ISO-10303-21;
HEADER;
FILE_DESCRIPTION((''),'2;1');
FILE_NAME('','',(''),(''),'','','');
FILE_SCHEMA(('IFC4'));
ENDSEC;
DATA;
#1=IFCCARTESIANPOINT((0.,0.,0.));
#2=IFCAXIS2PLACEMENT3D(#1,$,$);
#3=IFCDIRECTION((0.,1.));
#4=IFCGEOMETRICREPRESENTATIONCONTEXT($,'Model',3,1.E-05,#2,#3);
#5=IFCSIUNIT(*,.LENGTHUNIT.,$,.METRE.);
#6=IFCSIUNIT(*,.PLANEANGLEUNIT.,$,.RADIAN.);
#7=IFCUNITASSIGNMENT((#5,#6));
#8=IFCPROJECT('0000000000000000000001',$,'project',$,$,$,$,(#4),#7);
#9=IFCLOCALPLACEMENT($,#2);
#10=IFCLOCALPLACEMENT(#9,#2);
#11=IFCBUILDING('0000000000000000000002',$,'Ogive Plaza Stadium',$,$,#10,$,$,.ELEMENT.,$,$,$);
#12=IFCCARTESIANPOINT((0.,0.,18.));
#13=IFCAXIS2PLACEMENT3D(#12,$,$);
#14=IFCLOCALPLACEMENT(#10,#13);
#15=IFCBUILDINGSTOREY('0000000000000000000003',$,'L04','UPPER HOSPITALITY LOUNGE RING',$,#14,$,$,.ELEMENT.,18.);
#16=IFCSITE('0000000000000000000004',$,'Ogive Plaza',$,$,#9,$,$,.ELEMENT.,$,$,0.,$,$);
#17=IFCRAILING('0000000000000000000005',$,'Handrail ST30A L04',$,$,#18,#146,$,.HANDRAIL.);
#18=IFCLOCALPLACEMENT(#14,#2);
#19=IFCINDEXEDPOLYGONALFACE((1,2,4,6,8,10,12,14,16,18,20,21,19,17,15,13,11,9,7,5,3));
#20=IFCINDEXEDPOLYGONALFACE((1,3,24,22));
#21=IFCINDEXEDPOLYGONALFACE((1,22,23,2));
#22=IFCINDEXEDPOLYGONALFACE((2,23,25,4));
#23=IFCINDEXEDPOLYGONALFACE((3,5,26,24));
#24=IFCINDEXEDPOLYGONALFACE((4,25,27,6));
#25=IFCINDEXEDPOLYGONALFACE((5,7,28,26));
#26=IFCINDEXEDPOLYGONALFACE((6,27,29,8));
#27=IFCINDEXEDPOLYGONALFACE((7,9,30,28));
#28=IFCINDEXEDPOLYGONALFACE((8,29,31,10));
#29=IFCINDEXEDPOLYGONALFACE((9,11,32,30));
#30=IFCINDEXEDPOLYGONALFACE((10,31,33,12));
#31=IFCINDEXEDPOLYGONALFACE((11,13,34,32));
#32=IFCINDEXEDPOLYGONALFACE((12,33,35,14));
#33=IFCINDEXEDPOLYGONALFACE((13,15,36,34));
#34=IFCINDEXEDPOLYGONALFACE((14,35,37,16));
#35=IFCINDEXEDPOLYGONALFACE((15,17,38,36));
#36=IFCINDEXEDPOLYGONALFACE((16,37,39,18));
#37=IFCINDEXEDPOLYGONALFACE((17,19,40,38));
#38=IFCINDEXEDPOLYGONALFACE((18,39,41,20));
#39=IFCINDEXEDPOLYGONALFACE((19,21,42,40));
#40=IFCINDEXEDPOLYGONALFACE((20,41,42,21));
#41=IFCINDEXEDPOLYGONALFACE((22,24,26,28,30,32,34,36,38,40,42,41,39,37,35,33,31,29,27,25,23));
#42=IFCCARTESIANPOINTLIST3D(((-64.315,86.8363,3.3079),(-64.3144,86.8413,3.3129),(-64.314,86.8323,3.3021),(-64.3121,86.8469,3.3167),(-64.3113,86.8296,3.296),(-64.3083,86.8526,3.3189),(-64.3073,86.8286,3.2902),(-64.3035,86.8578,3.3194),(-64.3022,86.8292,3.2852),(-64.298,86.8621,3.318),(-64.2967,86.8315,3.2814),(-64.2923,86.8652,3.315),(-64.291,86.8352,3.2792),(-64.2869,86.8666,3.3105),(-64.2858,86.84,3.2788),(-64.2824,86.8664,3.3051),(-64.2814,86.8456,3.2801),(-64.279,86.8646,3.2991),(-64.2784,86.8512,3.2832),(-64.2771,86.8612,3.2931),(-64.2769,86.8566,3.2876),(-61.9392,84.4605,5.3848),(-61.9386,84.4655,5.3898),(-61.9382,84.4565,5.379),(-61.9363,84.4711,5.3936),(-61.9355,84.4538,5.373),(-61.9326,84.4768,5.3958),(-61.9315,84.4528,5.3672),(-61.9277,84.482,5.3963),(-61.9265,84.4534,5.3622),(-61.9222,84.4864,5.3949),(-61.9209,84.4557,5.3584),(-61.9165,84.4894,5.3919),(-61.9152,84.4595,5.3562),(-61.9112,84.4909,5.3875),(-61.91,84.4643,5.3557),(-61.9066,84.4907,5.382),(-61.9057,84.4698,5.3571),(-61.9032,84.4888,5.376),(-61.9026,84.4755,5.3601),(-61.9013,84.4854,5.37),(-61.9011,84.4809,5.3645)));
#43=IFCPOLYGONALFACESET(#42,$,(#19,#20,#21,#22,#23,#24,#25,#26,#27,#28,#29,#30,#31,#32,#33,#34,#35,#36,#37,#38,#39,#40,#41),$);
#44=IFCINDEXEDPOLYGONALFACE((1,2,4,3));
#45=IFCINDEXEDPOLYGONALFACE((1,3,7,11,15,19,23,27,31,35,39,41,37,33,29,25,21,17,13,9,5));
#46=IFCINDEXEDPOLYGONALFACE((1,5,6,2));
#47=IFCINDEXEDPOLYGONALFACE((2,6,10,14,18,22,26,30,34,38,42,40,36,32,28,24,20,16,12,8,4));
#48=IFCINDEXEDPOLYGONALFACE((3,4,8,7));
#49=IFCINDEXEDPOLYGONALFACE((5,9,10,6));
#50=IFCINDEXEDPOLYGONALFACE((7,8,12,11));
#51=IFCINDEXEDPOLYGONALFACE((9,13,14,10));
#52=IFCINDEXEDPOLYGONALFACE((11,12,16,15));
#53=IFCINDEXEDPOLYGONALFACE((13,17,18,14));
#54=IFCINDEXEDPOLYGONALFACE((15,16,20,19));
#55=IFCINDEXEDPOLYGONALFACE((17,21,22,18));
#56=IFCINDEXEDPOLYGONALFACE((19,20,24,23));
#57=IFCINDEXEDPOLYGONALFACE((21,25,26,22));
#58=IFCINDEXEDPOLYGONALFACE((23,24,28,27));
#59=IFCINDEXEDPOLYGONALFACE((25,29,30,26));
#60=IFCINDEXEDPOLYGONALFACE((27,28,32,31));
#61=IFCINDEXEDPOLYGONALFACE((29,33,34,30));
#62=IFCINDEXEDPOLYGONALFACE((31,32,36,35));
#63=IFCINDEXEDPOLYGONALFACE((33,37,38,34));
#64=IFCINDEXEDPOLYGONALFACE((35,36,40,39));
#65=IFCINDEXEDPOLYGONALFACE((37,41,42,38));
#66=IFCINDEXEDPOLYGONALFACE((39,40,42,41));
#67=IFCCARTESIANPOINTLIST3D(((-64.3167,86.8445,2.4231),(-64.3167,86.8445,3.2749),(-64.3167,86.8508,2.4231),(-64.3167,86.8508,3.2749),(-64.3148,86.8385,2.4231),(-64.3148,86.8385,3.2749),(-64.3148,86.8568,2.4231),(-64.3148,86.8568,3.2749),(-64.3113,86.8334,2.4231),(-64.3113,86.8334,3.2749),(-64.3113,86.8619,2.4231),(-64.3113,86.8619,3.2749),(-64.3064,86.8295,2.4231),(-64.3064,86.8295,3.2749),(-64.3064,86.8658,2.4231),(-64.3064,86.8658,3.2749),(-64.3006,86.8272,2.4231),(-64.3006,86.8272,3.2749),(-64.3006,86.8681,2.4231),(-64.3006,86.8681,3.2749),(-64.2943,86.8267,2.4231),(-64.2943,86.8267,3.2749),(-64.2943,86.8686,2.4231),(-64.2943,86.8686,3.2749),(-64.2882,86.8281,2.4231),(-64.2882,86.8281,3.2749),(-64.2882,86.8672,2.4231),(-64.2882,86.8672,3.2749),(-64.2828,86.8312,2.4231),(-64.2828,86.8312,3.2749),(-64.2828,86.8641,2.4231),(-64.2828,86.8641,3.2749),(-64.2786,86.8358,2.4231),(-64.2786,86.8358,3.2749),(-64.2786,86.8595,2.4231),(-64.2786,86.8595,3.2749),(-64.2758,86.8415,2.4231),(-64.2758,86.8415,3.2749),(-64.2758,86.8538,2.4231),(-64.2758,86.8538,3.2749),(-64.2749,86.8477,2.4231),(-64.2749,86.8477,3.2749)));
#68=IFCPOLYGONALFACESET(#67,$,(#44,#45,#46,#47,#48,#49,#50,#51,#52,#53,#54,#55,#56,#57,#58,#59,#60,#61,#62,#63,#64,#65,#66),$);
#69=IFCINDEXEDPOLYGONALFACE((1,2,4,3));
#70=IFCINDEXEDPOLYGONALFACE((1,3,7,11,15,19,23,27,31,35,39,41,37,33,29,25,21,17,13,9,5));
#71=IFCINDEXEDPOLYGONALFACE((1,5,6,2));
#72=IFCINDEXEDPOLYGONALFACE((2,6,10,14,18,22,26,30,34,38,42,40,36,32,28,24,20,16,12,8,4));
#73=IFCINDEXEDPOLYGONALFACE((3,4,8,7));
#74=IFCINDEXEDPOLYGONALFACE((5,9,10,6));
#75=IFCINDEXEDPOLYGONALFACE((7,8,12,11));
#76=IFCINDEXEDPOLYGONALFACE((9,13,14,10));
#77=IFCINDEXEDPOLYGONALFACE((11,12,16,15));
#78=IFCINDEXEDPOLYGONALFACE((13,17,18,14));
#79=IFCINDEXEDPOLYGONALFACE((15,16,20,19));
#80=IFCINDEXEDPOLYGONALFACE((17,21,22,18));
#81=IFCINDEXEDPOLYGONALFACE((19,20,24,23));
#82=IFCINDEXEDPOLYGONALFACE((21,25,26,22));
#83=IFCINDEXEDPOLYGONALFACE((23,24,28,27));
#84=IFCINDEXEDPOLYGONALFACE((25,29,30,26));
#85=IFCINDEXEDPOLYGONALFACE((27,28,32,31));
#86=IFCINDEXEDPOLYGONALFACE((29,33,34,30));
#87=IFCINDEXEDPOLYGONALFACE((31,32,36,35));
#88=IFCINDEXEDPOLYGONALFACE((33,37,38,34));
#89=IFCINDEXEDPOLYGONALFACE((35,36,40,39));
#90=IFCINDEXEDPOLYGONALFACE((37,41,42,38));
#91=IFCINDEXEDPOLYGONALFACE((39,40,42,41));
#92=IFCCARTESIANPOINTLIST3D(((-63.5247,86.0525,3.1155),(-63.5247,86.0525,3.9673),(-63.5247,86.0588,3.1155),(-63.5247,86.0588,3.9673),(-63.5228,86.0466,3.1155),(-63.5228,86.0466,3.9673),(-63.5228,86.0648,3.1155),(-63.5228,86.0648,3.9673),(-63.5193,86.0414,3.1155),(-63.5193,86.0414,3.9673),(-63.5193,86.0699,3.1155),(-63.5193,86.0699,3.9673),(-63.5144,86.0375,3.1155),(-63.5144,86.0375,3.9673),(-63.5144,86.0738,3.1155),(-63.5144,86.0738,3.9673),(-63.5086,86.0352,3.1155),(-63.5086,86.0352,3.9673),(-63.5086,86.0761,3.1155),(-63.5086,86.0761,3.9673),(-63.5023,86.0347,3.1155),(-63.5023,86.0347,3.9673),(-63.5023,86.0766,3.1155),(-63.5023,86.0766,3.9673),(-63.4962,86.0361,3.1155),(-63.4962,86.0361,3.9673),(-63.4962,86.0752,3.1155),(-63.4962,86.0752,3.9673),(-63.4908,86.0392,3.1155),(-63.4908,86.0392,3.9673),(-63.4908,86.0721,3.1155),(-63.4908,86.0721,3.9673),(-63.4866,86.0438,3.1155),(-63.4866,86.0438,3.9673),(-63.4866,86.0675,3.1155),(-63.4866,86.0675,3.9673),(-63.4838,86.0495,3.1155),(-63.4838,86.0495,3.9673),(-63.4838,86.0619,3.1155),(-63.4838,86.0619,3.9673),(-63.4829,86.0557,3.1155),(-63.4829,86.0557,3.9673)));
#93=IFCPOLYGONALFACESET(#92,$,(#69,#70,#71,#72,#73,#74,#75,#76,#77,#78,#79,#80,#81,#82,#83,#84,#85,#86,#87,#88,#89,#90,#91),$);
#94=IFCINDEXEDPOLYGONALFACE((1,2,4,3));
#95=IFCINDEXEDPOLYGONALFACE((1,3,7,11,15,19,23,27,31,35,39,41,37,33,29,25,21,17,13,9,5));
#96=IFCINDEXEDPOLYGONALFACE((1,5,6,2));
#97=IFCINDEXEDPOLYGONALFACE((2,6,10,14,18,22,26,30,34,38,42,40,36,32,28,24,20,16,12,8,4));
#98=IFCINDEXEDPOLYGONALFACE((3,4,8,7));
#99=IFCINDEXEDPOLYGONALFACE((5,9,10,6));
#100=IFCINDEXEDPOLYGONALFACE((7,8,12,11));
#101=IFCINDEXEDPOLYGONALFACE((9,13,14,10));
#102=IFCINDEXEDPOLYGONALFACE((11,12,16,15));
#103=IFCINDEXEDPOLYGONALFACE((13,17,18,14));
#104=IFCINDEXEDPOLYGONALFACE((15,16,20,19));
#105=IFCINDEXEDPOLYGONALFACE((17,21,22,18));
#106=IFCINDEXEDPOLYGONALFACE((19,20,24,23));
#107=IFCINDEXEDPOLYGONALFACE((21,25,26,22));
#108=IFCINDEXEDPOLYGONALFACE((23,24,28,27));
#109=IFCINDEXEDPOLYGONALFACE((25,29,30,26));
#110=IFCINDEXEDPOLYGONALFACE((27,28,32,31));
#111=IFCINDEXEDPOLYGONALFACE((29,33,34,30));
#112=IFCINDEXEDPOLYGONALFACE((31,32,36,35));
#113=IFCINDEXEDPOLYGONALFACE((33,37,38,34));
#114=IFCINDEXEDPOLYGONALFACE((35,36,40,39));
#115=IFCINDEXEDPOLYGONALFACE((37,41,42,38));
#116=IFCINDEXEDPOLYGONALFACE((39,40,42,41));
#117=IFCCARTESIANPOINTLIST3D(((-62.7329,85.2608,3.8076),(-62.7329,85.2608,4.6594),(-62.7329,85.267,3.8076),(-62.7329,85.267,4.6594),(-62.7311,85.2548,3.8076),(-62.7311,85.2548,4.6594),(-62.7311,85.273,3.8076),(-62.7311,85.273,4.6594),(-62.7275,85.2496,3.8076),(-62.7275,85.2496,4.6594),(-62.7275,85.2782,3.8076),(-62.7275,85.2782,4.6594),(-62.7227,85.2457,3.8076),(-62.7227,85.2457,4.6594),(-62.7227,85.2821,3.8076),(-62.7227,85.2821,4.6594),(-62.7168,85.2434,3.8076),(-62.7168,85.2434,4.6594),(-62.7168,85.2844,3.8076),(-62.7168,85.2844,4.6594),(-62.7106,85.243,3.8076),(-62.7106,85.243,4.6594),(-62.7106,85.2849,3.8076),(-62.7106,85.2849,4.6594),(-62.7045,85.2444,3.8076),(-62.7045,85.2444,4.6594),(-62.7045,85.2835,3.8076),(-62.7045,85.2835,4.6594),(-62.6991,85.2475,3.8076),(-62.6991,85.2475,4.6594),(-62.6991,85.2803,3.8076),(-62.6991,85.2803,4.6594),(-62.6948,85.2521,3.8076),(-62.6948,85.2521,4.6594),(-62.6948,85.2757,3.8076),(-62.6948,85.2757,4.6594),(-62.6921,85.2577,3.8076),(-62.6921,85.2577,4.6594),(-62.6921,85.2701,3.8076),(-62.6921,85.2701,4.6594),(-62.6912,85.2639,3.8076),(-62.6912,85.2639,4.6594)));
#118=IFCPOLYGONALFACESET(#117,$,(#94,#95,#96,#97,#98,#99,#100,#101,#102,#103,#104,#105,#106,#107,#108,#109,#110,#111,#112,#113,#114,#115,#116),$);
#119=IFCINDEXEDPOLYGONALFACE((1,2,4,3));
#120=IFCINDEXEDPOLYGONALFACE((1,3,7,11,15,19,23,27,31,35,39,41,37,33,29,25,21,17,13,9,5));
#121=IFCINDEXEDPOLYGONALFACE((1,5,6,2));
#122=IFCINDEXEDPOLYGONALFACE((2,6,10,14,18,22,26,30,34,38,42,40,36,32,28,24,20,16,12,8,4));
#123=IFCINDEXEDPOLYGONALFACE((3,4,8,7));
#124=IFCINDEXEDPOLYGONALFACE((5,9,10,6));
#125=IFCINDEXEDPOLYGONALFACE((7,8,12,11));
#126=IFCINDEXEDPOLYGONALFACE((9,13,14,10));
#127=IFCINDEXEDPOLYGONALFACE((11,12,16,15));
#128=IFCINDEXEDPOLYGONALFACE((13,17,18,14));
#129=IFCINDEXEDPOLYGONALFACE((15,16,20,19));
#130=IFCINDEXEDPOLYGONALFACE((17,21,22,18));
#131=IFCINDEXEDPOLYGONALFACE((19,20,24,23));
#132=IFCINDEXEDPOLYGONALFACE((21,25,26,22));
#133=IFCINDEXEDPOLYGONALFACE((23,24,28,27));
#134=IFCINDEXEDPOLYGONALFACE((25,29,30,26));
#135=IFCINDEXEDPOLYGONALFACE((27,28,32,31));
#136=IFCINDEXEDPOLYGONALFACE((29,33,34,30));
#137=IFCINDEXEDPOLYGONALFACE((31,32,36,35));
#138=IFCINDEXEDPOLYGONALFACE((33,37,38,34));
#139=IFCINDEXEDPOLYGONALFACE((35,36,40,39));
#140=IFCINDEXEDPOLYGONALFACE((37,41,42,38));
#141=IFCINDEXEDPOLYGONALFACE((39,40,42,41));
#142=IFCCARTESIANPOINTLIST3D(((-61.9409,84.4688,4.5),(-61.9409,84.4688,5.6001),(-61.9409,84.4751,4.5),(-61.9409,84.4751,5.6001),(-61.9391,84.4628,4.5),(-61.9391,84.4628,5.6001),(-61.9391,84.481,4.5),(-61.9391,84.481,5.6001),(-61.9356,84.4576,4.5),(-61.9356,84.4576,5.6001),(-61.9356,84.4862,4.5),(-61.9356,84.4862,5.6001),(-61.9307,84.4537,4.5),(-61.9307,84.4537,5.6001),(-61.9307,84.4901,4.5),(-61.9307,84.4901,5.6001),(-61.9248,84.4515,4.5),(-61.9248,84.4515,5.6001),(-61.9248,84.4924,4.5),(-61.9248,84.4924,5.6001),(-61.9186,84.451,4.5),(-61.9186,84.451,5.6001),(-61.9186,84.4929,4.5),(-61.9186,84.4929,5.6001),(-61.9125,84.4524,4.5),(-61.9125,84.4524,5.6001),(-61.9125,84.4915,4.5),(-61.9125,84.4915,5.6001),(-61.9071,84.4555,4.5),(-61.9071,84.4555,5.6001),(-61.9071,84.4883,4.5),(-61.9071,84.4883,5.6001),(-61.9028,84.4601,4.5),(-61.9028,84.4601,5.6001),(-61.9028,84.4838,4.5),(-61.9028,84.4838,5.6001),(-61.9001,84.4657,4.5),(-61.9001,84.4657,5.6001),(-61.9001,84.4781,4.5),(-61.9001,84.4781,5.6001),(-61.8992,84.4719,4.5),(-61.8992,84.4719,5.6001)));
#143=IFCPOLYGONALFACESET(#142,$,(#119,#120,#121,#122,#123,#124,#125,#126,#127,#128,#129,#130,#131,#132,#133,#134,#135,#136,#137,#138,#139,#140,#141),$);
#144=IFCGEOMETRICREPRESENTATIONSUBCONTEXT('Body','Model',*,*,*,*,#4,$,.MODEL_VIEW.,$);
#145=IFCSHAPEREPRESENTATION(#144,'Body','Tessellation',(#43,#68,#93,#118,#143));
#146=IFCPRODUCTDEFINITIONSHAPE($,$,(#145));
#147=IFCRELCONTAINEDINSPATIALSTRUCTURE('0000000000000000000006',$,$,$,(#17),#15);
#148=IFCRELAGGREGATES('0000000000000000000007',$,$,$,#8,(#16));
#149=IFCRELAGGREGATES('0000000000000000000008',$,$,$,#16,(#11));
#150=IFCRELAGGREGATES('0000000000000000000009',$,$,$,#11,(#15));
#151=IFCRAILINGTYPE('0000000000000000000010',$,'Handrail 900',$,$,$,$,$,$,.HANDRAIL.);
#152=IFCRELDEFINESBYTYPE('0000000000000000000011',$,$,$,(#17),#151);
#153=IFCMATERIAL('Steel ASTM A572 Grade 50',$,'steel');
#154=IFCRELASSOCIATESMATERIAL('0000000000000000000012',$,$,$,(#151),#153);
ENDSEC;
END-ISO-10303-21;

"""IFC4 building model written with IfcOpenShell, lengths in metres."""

from ifc_helpers import new_model, si_unit, direction, frame, origin, origin_2d, place, context, subcontext, project, spatial, circle, extrude, material, type_object, element, save


model = new_model("IFC4")

# Units and contexts
model_context = context("Model", 3, precision=1e-05, world=origin(), true_north=direction((0.0, 1.0)))
body_context = subcontext(model_context, "Body", "Model", "MODEL_VIEW")
ifc_project = project(units=[si_unit("LENGTHUNIT", "METRE"), si_unit("PLANEANGLEUNIT", "RADIAN")], contexts=[model_context])

# Site, building, storey
site_placement = place(None, origin())
site = spatial("IfcSite", under=ifc_project, at=site_placement, Name="Ogive Plaza", CompositionType="ELEMENT", RefElevation=0.0)
building_placement = place(site_placement, origin())
building = spatial("IfcBuilding", under=site, at=building_placement, Name="Ogive Plaza Stadium", CompositionType="ELEMENT")
storey_placement = place(building_placement, frame((0.0, 0.0, 18.0)))
storey = spatial("IfcBuildingStorey", under=building, at=storey_placement, Name="L04", Description="UPPER HOSPITALITY LOUNGE RING", CompositionType="ELEMENT", Elevation=18.0)

# Railing
ifc_material_1 = material(Name="Steel ASTM A572 Grade 50", Category="steel")
railing_type_1 = type_object("IfcRailingType", Name="Handrail 900", PredefinedType="HANDRAIL", material=ifc_material_1)
for number, where, name in (
    (1, (-64.2959, 86.8477, 2.4231), "Handrail ST30A L04"),
):
    element("IfcRailing", number, at=place(storey_placement, frame(where)), inside=storey, type_object=railing_type_1, Name=name, PredefinedType="HANDRAIL", context=body_context, shape_type="SweptSolid", body=[
        extrude(circle(Radius=0.0239, at=origin_2d()), frame((0.0, 0.0, 0.876), z_axis=(0.601466, -0.601466, 0.525811), x_axis=(0.707107, 0.707107, 0.0)), (0.0, 0.0, 1.0), 3.95),
        extrude(circle(Radius=0.021, at=origin_2d()), origin(), (0.0, 0.0, 1.0), 0.8518),
        extrude(circle(Radius=0.021, at=origin_2d()), frame((0.792, -0.792, 0.6924)), (0.0, 0.0, 1.0), 0.8518),
        extrude(circle(Radius=0.021, at=origin_2d()), frame((1.5837, -1.5837, 1.3845)), (0.0, 0.0, 1.0), 0.8518),
        extrude(circle(Radius=0.021, at=origin_2d()), frame((2.3757, -2.3757, 2.0769)), (0.0, 0.0, 1.0), 1.1001),
    ])

save(model, "model.ifc")
